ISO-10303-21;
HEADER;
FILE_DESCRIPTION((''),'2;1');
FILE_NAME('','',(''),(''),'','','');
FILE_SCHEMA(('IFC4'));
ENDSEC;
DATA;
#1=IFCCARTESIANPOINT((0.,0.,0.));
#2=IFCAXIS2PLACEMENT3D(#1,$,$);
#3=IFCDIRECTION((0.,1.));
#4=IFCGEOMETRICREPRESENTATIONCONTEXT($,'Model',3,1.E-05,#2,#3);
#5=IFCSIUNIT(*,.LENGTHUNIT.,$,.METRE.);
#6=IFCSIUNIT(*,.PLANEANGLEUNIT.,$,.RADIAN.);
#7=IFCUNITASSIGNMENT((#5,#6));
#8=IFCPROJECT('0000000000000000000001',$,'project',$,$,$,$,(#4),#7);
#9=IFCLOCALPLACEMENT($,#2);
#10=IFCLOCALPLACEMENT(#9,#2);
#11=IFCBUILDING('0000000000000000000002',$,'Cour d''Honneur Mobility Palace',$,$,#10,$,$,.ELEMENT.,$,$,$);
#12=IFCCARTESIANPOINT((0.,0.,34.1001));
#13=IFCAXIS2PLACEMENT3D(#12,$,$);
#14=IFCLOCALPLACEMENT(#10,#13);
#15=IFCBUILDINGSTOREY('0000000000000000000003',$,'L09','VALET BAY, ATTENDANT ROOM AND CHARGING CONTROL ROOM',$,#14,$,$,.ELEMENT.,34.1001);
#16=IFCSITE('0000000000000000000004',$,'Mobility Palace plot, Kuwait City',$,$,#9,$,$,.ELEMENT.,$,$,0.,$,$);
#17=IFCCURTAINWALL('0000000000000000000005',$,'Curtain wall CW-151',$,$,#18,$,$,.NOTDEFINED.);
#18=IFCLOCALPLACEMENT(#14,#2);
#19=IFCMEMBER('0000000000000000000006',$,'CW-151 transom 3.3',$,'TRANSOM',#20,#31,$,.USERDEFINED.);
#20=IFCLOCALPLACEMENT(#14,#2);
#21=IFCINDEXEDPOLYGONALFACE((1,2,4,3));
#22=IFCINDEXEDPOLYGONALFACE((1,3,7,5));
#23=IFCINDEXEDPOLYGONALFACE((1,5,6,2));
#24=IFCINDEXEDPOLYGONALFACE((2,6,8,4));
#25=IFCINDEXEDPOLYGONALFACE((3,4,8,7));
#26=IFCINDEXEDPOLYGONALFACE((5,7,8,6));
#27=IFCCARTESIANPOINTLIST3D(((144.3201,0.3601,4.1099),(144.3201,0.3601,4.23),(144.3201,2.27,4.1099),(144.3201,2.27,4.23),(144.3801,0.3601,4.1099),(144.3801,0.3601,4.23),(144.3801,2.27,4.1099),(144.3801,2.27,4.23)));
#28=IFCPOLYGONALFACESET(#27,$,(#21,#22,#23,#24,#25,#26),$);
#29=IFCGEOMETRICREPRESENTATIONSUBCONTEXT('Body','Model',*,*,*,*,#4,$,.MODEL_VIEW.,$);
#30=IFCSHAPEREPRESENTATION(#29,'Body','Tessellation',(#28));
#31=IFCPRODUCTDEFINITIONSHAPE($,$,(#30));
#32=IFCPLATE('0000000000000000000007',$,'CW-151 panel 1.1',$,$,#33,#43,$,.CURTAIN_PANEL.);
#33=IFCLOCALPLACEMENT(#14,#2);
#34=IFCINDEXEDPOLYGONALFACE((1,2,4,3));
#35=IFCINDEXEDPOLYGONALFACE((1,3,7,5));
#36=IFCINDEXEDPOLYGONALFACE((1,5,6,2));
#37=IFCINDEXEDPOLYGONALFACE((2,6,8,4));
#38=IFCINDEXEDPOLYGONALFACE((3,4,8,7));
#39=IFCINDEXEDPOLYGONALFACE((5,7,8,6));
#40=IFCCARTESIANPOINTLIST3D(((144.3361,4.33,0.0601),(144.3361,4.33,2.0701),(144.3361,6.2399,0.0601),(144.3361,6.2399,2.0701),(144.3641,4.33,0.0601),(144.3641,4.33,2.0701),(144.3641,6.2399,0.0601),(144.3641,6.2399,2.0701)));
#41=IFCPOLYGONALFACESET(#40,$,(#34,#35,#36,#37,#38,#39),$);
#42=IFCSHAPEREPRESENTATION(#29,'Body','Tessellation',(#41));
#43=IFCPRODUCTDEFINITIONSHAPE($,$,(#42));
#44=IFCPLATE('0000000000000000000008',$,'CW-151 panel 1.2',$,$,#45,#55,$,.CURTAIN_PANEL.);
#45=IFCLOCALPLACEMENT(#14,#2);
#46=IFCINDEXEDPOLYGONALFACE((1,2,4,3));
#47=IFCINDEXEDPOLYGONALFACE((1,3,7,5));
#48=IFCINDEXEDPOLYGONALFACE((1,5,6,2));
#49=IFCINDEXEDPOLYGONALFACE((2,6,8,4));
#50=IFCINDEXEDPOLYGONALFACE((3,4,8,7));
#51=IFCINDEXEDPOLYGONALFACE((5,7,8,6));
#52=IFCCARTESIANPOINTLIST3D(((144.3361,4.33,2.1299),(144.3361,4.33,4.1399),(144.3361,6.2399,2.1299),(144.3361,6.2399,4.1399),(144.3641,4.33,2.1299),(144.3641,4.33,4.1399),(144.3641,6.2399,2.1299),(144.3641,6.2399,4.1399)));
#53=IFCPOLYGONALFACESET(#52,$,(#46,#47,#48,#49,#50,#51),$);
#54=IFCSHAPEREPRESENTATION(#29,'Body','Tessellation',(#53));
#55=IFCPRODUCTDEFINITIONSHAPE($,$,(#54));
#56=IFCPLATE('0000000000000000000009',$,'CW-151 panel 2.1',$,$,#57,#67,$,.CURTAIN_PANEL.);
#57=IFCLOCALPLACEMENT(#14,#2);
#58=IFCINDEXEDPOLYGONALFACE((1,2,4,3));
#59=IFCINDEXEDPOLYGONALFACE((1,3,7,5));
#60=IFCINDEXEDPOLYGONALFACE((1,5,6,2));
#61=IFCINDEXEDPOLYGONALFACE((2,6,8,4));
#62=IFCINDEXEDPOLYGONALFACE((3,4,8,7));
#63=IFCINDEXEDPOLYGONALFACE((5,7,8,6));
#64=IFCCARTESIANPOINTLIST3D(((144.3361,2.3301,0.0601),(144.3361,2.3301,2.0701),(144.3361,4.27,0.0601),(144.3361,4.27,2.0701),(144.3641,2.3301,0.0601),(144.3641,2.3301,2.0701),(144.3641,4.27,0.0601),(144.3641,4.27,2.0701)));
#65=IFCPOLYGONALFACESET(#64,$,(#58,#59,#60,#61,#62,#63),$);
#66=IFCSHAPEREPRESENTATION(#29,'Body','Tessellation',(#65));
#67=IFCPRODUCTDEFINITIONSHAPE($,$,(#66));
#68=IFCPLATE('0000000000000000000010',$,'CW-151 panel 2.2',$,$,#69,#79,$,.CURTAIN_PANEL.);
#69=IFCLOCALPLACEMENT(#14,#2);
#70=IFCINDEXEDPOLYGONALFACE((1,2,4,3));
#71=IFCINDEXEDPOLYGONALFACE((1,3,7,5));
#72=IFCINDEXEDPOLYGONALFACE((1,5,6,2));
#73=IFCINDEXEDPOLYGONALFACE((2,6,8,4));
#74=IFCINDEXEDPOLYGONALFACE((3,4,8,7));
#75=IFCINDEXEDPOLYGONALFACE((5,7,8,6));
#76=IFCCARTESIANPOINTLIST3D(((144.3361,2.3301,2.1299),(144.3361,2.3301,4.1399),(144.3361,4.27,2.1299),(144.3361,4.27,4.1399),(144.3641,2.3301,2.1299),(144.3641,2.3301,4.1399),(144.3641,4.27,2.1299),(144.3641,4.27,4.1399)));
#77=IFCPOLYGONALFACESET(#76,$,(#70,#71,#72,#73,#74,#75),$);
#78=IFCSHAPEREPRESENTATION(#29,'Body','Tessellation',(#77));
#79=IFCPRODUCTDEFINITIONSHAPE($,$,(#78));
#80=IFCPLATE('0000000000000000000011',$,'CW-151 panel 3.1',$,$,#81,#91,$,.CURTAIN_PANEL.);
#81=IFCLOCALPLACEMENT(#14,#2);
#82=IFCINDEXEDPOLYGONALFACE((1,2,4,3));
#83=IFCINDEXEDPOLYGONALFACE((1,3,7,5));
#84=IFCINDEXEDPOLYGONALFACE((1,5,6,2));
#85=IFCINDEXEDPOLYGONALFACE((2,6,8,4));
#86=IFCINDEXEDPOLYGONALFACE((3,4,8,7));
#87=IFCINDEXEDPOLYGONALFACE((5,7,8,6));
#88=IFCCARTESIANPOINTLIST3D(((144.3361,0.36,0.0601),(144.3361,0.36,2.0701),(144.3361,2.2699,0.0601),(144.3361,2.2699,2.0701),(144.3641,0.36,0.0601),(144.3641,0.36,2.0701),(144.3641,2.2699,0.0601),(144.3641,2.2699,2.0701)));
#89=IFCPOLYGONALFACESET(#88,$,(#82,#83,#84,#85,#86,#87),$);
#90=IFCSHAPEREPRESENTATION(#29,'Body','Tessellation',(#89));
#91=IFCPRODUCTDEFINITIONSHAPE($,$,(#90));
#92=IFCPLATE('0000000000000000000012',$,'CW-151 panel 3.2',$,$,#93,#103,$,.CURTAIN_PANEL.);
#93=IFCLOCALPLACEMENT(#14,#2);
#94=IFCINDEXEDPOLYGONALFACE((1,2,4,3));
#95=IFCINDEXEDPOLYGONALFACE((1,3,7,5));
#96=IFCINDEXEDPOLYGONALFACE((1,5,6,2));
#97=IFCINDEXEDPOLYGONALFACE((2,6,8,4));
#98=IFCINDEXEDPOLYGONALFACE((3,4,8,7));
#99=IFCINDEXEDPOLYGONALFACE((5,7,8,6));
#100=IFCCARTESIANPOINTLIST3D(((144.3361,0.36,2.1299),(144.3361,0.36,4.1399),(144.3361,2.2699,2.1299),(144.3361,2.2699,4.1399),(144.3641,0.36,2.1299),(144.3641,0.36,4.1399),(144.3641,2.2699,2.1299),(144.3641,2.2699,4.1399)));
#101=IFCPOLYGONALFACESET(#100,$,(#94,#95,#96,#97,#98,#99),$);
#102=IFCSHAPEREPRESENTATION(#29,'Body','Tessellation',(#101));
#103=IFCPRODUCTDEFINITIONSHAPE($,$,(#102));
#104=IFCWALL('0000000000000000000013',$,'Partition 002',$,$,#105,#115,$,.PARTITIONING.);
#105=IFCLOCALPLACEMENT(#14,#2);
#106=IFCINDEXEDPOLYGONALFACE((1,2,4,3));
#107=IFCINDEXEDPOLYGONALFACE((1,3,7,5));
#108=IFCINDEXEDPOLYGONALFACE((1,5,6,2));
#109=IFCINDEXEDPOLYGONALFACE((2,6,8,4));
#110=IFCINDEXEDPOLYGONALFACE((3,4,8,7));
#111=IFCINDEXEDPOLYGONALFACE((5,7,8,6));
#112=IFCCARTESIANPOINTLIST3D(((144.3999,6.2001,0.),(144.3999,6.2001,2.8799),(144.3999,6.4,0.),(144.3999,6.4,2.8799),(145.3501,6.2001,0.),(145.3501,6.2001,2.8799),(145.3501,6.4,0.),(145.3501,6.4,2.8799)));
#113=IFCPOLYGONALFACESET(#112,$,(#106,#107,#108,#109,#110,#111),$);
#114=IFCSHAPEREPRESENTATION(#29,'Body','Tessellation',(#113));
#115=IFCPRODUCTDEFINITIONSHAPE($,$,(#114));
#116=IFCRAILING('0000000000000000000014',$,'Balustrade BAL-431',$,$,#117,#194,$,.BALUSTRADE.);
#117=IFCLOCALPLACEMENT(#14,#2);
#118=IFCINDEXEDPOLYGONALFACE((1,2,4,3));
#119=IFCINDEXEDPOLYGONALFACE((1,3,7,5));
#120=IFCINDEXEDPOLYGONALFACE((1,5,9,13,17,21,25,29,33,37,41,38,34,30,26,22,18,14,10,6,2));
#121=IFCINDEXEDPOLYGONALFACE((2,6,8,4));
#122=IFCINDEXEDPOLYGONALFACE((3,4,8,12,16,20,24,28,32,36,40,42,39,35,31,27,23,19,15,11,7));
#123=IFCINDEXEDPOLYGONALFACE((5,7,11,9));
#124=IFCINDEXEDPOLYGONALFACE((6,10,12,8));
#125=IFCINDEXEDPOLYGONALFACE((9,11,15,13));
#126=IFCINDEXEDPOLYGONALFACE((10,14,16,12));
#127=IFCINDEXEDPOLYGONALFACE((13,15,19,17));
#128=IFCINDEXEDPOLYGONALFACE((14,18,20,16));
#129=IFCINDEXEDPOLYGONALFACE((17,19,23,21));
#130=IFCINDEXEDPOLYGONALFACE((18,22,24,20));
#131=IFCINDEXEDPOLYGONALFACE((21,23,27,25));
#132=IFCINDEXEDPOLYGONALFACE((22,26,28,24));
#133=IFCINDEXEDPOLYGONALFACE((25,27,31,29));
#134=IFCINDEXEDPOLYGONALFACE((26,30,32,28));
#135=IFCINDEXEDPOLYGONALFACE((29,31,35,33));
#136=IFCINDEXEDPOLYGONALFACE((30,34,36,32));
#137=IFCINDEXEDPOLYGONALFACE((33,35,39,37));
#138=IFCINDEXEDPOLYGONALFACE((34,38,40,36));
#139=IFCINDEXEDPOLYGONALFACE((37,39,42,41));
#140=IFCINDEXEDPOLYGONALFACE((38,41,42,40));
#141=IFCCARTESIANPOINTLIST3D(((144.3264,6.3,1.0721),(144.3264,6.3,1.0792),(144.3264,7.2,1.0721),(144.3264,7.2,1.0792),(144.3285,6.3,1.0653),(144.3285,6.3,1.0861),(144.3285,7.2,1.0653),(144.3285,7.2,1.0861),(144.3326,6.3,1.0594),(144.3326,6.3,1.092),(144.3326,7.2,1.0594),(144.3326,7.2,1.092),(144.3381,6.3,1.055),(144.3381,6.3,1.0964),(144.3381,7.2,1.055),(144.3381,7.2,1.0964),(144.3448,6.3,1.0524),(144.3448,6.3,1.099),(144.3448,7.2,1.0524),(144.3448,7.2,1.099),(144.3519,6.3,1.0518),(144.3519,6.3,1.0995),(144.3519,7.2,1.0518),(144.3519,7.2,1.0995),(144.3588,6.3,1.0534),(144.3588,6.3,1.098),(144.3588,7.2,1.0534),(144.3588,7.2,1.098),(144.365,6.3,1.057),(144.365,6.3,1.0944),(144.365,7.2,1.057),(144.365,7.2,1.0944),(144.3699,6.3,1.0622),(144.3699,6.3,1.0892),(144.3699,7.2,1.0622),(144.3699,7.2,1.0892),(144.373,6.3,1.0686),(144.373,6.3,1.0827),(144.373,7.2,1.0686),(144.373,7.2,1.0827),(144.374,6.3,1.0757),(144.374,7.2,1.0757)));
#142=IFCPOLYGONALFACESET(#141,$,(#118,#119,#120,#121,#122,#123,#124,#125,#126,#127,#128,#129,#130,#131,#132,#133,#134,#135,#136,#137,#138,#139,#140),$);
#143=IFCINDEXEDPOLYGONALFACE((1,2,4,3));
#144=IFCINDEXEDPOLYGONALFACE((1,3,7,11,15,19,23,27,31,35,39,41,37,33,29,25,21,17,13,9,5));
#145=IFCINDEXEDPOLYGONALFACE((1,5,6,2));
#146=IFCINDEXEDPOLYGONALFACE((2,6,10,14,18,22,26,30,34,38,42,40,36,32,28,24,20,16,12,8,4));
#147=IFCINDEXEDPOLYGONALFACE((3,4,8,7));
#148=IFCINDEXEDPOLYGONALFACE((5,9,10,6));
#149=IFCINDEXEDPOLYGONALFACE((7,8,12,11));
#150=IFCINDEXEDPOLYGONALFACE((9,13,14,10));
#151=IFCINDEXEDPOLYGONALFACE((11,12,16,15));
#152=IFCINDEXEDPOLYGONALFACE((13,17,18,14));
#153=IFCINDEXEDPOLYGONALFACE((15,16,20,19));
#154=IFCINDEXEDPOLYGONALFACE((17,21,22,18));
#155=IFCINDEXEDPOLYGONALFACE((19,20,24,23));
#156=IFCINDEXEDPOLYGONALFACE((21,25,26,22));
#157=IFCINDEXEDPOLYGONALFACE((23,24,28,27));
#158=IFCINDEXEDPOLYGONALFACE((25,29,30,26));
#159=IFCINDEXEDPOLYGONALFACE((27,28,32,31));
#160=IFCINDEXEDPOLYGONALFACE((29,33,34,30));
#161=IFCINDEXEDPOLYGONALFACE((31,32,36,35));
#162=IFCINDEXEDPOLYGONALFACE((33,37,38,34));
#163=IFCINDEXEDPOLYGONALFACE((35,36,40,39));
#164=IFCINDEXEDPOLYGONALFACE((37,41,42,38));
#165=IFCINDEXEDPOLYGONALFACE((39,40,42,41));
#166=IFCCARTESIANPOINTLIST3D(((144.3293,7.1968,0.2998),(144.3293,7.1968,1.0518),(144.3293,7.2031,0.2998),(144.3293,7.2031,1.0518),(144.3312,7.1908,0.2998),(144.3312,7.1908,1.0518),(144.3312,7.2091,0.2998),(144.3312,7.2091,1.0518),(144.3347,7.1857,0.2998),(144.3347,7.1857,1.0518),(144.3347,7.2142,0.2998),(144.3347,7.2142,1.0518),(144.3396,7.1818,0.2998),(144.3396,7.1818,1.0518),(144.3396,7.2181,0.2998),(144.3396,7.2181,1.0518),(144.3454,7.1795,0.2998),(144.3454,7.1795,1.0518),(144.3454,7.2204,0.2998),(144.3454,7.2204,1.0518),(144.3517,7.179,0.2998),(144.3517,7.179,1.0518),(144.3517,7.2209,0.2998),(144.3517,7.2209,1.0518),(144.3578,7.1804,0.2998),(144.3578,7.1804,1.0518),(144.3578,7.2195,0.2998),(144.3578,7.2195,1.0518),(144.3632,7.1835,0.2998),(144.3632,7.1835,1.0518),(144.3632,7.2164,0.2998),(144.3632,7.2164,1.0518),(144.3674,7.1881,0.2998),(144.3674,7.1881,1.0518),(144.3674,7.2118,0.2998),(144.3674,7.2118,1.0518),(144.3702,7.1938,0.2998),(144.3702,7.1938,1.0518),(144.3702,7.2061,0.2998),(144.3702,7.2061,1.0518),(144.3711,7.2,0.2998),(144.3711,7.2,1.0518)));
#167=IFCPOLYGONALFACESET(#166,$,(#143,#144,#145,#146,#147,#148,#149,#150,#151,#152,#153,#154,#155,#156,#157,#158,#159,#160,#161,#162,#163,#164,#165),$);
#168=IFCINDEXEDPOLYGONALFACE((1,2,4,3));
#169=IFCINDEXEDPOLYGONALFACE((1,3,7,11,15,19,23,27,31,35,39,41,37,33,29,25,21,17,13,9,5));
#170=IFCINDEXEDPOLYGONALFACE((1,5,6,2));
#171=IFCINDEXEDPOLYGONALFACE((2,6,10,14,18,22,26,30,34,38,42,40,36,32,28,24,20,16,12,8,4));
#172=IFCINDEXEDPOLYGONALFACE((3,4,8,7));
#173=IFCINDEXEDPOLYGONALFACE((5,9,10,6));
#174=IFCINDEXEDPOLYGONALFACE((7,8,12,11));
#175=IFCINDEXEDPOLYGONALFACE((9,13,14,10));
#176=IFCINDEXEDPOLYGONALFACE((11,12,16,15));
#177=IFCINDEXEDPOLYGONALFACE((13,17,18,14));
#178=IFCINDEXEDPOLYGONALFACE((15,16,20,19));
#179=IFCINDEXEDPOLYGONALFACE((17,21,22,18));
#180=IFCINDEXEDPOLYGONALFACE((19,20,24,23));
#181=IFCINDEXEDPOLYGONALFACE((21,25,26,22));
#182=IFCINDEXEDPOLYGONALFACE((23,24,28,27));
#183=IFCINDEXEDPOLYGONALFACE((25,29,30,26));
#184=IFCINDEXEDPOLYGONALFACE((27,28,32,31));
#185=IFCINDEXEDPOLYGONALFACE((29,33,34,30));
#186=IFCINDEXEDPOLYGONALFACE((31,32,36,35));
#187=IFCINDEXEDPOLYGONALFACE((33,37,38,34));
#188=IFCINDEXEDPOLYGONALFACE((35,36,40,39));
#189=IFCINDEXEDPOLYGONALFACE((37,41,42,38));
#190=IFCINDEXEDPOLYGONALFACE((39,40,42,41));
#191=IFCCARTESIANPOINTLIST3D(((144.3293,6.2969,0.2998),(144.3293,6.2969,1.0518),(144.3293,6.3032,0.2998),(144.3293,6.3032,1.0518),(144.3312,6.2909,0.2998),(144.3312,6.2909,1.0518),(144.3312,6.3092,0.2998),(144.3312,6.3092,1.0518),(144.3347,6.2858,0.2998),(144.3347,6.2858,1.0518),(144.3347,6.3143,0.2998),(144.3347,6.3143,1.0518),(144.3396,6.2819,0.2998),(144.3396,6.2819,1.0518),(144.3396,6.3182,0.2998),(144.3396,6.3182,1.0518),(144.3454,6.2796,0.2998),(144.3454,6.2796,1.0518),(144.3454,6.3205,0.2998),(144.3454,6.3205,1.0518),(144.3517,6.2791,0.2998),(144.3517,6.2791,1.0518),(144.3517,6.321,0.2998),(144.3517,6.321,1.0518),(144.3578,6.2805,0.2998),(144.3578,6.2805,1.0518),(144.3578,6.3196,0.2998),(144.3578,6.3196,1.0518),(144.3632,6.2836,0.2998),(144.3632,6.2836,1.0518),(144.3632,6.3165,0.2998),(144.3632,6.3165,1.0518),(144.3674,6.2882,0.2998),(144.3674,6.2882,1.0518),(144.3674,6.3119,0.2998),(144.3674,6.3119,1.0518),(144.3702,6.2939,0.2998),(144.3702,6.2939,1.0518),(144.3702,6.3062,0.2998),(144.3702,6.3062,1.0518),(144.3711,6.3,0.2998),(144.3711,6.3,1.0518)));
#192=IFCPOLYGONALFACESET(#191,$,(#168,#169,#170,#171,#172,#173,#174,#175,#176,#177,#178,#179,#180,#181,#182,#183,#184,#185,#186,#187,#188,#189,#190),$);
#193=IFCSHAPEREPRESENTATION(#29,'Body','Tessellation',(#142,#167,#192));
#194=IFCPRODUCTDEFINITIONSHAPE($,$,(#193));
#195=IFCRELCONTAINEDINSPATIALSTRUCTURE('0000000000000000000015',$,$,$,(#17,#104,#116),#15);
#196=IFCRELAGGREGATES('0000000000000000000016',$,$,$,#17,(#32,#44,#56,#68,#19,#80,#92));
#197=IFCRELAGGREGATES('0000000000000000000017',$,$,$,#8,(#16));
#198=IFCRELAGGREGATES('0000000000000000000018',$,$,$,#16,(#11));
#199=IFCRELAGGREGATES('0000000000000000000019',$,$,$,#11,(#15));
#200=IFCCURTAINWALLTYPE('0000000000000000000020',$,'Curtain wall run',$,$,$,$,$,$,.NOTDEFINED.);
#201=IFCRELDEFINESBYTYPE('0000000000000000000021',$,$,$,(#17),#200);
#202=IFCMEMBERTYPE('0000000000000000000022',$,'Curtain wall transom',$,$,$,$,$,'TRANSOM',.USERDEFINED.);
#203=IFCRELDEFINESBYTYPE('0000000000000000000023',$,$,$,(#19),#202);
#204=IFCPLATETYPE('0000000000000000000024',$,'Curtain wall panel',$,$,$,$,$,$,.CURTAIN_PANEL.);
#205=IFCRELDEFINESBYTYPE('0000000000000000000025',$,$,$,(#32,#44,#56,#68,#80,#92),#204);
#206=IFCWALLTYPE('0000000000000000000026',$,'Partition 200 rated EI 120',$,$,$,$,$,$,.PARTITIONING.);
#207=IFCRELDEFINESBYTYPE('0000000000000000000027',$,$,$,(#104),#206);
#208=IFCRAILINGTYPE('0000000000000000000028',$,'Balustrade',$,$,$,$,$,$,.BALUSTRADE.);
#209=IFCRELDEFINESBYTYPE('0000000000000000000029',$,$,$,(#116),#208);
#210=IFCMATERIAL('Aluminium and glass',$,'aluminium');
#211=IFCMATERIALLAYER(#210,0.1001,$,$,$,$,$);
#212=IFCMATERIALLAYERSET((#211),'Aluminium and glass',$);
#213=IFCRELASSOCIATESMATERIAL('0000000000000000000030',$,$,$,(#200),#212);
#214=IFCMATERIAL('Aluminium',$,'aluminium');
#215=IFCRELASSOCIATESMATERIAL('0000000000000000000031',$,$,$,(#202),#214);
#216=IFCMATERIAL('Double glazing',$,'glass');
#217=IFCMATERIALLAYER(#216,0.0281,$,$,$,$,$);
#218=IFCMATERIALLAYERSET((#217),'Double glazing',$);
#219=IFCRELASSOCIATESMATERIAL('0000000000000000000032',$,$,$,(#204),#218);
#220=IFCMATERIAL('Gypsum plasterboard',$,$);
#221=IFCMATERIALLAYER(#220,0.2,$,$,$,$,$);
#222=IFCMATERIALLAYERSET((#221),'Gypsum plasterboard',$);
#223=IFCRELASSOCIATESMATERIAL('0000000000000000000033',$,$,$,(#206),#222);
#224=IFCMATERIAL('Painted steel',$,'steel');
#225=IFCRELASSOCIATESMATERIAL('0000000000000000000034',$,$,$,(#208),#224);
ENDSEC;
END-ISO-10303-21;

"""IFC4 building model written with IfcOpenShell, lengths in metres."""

from ifc_helpers import new_model, si_unit, direction, frame, frame_2d, origin, origin_2d, place, context, subcontext, project, spatial, rectangle, circle, extrude, material, layer, layer_set, material_profile, profile_set, type_object, element, aggregate, save


model = new_model("IFC4")

# Units and contexts
model_context = context("Model", 3, precision=1e-05, world=origin(), true_north=direction((0.0, 1.0)))
body_context = subcontext(model_context, "Body", "Model", "MODEL_VIEW")
ifc_project = project(units=[si_unit("LENGTHUNIT", "METRE"), si_unit("PLANEANGLEUNIT", "RADIAN")], contexts=[model_context])

# Site, building, storey
site_placement = place(None, origin())
site = spatial("IfcSite", under=ifc_project, at=site_placement, Name="Mobility Palace plot, Kuwait City", CompositionType="ELEMENT", RefElevation=0.0)
building_placement = place(site_placement, origin())
building = spatial("IfcBuilding", under=site, at=building_placement, Name="Cour d'Honneur Mobility Palace", CompositionType="ELEMENT")
storey_placement = place(building_placement, frame((0.0, 0.0, 34.1001)))
storey = spatial("IfcBuildingStorey", under=building, at=storey_placement, Name="L09", Description="VALET BAY, ATTENDANT ROOM AND CHARGING CONTROL ROOM", CompositionType="ELEMENT", Elevation=34.1001)

# Curtain wall, member, plates
ifc_material_1 = material(Name="Aluminium and glass", Category="aluminium")
ifc_layer_1 = layer(ifc_material_1, 0.1001)
ifc_layer_set_1 = layer_set([ifc_layer_1], Name="Aluminium and glass")
curtain_wall_type = type_object("IfcCurtainWallType", Name="Curtain wall run", PredefinedType="NOTDEFINED", material=ifc_layer_set_1)
curtain_wall_placement = place(storey_placement, origin())
curtain_wall = element("IfcCurtainWall", 1, at=curtain_wall_placement, inside=storey, type_object=curtain_wall_type, Name="Curtain wall CW-151", PredefinedType="NOTDEFINED")
ifc_material_2 = material(Name="Aluminium", Category="aluminium")
ifc_material_profile_1 = material_profile(ifc_material_2, rectangle(XDim=0.0601, YDim=0.1201, at=origin_2d()), Name="Curtain wall transom")
ifc_profile_set_1 = profile_set([ifc_material_profile_1], Name="Aluminium")
member_type_1 = type_object("IfcMemberType", Name="Curtain wall transom", ElementType="TRANSOM", PredefinedType="USERDEFINED", material=ifc_profile_set_1)
member_1_placement = place(storey_placement, frame((144.3501, 2.27, 4.1699), z_axis=(0.0, -1.0, 0.0), x_axis=(1.0, 0.0, 0.0)))
member_1 = element("IfcMember", 2, at=member_1_placement, type_object=member_type_1, Name="CW-151 transom 3.3", ObjectType="TRANSOM", PredefinedType="USERDEFINED", context=body_context, shape_type="SweptSolid", body=[
    extrude(rectangle(XDim=0.0601, YDim=0.1201, at=origin_2d()), origin(), (0.0, 0.0, 1.0), 1.9099),
])
ifc_material_3 = material(Name="Double glazing", Category="glass")
ifc_layer_2 = layer(ifc_material_3, 0.0281)
ifc_layer_set_2 = layer_set([ifc_layer_2], Name="Double glazing")
plate_type = type_object("IfcPlateType", Name="Curtain wall panel", PredefinedType="CURTAIN_PANEL", material=ifc_layer_set_2)
plate_1_placement = place(storey_placement, frame((144.3501, 5.2849, 0.0601), z_axis=(0.0, 0.0, 1.0), x_axis=(0.0, -1.0, 0.0)))
plate_1 = element("IfcPlate", 3, at=plate_1_placement, type_object=plate_type, Name="CW-151 panel 1.1", PredefinedType="CURTAIN_PANEL", context=body_context, shape_type="SweptSolid", body=[
    extrude(rectangle(XDim=1.9099, YDim=0.0281, at=origin_2d()), origin(), (0.0, 0.0, 1.0), 2.01),
])
plate_2_placement = place(storey_placement, frame((144.3501, 5.2849, 2.1299), z_axis=(0.0, 0.0, 1.0), x_axis=(0.0, -1.0, 0.0)))
plate_2 = element("IfcPlate", 4, at=plate_2_placement, type_object=plate_type, Name="CW-151 panel 1.2", PredefinedType="CURTAIN_PANEL", context=body_context, shape_type="SweptSolid", body=[
    extrude(rectangle(XDim=1.9099, YDim=0.0281, at=origin_2d()), origin(), (0.0, 0.0, 1.0), 2.01),
])
plate_3_placement = place(storey_placement, frame((144.3501, 3.3, 0.0601), z_axis=(0.0, 0.0, 1.0), x_axis=(0.0, -1.0, 0.0)))
plate_3 = element("IfcPlate", 5, at=plate_3_placement, type_object=plate_type, Name="CW-151 panel 2.1", PredefinedType="CURTAIN_PANEL", context=body_context, shape_type="SweptSolid", body=[
    extrude(rectangle(XDim=1.9399, YDim=0.0281, at=origin_2d()), origin(), (0.0, 0.0, 1.0), 2.01),
])
plate_4_placement = place(storey_placement, frame((144.3501, 3.3, 2.1299), z_axis=(0.0, 0.0, 1.0), x_axis=(0.0, -1.0, 0.0)))
plate_4 = element("IfcPlate", 6, at=plate_4_placement, type_object=plate_type, Name="CW-151 panel 2.2", PredefinedType="CURTAIN_PANEL", context=body_context, shape_type="SweptSolid", body=[
    extrude(rectangle(XDim=1.9399, YDim=0.0281, at=origin_2d()), origin(), (0.0, 0.0, 1.0), 2.01),
])
plate_5_placement = place(storey_placement, frame((144.3501, 1.3149, 0.0601), z_axis=(0.0, 0.0, 1.0), x_axis=(0.0, -1.0, 0.0)))
plate_5 = element("IfcPlate", 7, at=plate_5_placement, type_object=plate_type, Name="CW-151 panel 3.1", PredefinedType="CURTAIN_PANEL", context=body_context, shape_type="SweptSolid", body=[
    extrude(rectangle(XDim=1.9099, YDim=0.0281, at=origin_2d()), origin(), (0.0, 0.0, 1.0), 2.01),
])
plate_6_placement = place(storey_placement, frame((144.3501, 1.3149, 2.1299), z_axis=(0.0, 0.0, 1.0), x_axis=(0.0, -1.0, 0.0)))
plate_6 = element("IfcPlate", 8, at=plate_6_placement, type_object=plate_type, Name="CW-151 panel 3.2", PredefinedType="CURTAIN_PANEL", context=body_context, shape_type="SweptSolid", body=[
    extrude(rectangle(XDim=1.9099, YDim=0.0281, at=origin_2d()), origin(), (0.0, 0.0, 1.0), 2.01),
])
aggregate(curtain_wall, [plate_1, plate_2, plate_3, plate_4, member_1, plate_5, plate_6])

# Wall
ifc_material_4 = material(Name="Gypsum plasterboard")
ifc_layer_3 = layer(ifc_material_4, 0.2)
ifc_layer_set_3 = layer_set([ifc_layer_3], Name="Gypsum plasterboard")
wall_type = type_object("IfcWallType", Name="Partition 200 rated EI 120", PredefinedType="PARTITIONING", material=ifc_layer_set_3)
wall_placement = place(storey_placement, frame((144.3999, 6.3, 0.0), z_axis=(0.0, 0.0, 1.0), x_axis=(1.0, 0.0, 0.0)))
element("IfcWall", 9, at=wall_placement, inside=storey, type_object=wall_type, Name="Partition 002", PredefinedType="PARTITIONING", context=body_context, shape_type="SweptSolid", body=[
    extrude(rectangle(XDim=0.9502, YDim=0.2, at=frame_2d((0.4751, 0.0))), origin(), (0.0, 0.0, 1.0), 2.8799),
])

# Railing
ifc_material_5 = material(Name="Painted steel", Category="steel")
railing_type = type_object("IfcRailingType", Name="Balustrade", PredefinedType="BALUSTRADE", material=ifc_material_5)
railing_1_placement = place(storey_placement, frame((144.3501, 7.2, 0.2998)))
element("IfcRailing", 10, at=railing_1_placement, inside=storey, type_object=railing_type, Name="Balustrade BAL-431", PredefinedType="BALUSTRADE", context=body_context, shape_type="SweptSolid", body=[
    extrude(circle(Radius=0.0239, at=origin_2d()), frame((0.0, 0.0, 0.7759), z_axis=(0.0, -1.0, 0.0), x_axis=(1.0, 0.0, 0.0)), (0.0, 0.0, 1.0), 0.8999),
    extrude(circle(Radius=0.021, at=origin_2d()), origin(), (0.0, 0.0, 1.0), 0.752),
    extrude(circle(Radius=0.021, at=origin_2d()), frame((0.0, -0.8999, 0.0)), (0.0, 0.0, 1.0), 0.752),
])

save(model, "model.ifc")
